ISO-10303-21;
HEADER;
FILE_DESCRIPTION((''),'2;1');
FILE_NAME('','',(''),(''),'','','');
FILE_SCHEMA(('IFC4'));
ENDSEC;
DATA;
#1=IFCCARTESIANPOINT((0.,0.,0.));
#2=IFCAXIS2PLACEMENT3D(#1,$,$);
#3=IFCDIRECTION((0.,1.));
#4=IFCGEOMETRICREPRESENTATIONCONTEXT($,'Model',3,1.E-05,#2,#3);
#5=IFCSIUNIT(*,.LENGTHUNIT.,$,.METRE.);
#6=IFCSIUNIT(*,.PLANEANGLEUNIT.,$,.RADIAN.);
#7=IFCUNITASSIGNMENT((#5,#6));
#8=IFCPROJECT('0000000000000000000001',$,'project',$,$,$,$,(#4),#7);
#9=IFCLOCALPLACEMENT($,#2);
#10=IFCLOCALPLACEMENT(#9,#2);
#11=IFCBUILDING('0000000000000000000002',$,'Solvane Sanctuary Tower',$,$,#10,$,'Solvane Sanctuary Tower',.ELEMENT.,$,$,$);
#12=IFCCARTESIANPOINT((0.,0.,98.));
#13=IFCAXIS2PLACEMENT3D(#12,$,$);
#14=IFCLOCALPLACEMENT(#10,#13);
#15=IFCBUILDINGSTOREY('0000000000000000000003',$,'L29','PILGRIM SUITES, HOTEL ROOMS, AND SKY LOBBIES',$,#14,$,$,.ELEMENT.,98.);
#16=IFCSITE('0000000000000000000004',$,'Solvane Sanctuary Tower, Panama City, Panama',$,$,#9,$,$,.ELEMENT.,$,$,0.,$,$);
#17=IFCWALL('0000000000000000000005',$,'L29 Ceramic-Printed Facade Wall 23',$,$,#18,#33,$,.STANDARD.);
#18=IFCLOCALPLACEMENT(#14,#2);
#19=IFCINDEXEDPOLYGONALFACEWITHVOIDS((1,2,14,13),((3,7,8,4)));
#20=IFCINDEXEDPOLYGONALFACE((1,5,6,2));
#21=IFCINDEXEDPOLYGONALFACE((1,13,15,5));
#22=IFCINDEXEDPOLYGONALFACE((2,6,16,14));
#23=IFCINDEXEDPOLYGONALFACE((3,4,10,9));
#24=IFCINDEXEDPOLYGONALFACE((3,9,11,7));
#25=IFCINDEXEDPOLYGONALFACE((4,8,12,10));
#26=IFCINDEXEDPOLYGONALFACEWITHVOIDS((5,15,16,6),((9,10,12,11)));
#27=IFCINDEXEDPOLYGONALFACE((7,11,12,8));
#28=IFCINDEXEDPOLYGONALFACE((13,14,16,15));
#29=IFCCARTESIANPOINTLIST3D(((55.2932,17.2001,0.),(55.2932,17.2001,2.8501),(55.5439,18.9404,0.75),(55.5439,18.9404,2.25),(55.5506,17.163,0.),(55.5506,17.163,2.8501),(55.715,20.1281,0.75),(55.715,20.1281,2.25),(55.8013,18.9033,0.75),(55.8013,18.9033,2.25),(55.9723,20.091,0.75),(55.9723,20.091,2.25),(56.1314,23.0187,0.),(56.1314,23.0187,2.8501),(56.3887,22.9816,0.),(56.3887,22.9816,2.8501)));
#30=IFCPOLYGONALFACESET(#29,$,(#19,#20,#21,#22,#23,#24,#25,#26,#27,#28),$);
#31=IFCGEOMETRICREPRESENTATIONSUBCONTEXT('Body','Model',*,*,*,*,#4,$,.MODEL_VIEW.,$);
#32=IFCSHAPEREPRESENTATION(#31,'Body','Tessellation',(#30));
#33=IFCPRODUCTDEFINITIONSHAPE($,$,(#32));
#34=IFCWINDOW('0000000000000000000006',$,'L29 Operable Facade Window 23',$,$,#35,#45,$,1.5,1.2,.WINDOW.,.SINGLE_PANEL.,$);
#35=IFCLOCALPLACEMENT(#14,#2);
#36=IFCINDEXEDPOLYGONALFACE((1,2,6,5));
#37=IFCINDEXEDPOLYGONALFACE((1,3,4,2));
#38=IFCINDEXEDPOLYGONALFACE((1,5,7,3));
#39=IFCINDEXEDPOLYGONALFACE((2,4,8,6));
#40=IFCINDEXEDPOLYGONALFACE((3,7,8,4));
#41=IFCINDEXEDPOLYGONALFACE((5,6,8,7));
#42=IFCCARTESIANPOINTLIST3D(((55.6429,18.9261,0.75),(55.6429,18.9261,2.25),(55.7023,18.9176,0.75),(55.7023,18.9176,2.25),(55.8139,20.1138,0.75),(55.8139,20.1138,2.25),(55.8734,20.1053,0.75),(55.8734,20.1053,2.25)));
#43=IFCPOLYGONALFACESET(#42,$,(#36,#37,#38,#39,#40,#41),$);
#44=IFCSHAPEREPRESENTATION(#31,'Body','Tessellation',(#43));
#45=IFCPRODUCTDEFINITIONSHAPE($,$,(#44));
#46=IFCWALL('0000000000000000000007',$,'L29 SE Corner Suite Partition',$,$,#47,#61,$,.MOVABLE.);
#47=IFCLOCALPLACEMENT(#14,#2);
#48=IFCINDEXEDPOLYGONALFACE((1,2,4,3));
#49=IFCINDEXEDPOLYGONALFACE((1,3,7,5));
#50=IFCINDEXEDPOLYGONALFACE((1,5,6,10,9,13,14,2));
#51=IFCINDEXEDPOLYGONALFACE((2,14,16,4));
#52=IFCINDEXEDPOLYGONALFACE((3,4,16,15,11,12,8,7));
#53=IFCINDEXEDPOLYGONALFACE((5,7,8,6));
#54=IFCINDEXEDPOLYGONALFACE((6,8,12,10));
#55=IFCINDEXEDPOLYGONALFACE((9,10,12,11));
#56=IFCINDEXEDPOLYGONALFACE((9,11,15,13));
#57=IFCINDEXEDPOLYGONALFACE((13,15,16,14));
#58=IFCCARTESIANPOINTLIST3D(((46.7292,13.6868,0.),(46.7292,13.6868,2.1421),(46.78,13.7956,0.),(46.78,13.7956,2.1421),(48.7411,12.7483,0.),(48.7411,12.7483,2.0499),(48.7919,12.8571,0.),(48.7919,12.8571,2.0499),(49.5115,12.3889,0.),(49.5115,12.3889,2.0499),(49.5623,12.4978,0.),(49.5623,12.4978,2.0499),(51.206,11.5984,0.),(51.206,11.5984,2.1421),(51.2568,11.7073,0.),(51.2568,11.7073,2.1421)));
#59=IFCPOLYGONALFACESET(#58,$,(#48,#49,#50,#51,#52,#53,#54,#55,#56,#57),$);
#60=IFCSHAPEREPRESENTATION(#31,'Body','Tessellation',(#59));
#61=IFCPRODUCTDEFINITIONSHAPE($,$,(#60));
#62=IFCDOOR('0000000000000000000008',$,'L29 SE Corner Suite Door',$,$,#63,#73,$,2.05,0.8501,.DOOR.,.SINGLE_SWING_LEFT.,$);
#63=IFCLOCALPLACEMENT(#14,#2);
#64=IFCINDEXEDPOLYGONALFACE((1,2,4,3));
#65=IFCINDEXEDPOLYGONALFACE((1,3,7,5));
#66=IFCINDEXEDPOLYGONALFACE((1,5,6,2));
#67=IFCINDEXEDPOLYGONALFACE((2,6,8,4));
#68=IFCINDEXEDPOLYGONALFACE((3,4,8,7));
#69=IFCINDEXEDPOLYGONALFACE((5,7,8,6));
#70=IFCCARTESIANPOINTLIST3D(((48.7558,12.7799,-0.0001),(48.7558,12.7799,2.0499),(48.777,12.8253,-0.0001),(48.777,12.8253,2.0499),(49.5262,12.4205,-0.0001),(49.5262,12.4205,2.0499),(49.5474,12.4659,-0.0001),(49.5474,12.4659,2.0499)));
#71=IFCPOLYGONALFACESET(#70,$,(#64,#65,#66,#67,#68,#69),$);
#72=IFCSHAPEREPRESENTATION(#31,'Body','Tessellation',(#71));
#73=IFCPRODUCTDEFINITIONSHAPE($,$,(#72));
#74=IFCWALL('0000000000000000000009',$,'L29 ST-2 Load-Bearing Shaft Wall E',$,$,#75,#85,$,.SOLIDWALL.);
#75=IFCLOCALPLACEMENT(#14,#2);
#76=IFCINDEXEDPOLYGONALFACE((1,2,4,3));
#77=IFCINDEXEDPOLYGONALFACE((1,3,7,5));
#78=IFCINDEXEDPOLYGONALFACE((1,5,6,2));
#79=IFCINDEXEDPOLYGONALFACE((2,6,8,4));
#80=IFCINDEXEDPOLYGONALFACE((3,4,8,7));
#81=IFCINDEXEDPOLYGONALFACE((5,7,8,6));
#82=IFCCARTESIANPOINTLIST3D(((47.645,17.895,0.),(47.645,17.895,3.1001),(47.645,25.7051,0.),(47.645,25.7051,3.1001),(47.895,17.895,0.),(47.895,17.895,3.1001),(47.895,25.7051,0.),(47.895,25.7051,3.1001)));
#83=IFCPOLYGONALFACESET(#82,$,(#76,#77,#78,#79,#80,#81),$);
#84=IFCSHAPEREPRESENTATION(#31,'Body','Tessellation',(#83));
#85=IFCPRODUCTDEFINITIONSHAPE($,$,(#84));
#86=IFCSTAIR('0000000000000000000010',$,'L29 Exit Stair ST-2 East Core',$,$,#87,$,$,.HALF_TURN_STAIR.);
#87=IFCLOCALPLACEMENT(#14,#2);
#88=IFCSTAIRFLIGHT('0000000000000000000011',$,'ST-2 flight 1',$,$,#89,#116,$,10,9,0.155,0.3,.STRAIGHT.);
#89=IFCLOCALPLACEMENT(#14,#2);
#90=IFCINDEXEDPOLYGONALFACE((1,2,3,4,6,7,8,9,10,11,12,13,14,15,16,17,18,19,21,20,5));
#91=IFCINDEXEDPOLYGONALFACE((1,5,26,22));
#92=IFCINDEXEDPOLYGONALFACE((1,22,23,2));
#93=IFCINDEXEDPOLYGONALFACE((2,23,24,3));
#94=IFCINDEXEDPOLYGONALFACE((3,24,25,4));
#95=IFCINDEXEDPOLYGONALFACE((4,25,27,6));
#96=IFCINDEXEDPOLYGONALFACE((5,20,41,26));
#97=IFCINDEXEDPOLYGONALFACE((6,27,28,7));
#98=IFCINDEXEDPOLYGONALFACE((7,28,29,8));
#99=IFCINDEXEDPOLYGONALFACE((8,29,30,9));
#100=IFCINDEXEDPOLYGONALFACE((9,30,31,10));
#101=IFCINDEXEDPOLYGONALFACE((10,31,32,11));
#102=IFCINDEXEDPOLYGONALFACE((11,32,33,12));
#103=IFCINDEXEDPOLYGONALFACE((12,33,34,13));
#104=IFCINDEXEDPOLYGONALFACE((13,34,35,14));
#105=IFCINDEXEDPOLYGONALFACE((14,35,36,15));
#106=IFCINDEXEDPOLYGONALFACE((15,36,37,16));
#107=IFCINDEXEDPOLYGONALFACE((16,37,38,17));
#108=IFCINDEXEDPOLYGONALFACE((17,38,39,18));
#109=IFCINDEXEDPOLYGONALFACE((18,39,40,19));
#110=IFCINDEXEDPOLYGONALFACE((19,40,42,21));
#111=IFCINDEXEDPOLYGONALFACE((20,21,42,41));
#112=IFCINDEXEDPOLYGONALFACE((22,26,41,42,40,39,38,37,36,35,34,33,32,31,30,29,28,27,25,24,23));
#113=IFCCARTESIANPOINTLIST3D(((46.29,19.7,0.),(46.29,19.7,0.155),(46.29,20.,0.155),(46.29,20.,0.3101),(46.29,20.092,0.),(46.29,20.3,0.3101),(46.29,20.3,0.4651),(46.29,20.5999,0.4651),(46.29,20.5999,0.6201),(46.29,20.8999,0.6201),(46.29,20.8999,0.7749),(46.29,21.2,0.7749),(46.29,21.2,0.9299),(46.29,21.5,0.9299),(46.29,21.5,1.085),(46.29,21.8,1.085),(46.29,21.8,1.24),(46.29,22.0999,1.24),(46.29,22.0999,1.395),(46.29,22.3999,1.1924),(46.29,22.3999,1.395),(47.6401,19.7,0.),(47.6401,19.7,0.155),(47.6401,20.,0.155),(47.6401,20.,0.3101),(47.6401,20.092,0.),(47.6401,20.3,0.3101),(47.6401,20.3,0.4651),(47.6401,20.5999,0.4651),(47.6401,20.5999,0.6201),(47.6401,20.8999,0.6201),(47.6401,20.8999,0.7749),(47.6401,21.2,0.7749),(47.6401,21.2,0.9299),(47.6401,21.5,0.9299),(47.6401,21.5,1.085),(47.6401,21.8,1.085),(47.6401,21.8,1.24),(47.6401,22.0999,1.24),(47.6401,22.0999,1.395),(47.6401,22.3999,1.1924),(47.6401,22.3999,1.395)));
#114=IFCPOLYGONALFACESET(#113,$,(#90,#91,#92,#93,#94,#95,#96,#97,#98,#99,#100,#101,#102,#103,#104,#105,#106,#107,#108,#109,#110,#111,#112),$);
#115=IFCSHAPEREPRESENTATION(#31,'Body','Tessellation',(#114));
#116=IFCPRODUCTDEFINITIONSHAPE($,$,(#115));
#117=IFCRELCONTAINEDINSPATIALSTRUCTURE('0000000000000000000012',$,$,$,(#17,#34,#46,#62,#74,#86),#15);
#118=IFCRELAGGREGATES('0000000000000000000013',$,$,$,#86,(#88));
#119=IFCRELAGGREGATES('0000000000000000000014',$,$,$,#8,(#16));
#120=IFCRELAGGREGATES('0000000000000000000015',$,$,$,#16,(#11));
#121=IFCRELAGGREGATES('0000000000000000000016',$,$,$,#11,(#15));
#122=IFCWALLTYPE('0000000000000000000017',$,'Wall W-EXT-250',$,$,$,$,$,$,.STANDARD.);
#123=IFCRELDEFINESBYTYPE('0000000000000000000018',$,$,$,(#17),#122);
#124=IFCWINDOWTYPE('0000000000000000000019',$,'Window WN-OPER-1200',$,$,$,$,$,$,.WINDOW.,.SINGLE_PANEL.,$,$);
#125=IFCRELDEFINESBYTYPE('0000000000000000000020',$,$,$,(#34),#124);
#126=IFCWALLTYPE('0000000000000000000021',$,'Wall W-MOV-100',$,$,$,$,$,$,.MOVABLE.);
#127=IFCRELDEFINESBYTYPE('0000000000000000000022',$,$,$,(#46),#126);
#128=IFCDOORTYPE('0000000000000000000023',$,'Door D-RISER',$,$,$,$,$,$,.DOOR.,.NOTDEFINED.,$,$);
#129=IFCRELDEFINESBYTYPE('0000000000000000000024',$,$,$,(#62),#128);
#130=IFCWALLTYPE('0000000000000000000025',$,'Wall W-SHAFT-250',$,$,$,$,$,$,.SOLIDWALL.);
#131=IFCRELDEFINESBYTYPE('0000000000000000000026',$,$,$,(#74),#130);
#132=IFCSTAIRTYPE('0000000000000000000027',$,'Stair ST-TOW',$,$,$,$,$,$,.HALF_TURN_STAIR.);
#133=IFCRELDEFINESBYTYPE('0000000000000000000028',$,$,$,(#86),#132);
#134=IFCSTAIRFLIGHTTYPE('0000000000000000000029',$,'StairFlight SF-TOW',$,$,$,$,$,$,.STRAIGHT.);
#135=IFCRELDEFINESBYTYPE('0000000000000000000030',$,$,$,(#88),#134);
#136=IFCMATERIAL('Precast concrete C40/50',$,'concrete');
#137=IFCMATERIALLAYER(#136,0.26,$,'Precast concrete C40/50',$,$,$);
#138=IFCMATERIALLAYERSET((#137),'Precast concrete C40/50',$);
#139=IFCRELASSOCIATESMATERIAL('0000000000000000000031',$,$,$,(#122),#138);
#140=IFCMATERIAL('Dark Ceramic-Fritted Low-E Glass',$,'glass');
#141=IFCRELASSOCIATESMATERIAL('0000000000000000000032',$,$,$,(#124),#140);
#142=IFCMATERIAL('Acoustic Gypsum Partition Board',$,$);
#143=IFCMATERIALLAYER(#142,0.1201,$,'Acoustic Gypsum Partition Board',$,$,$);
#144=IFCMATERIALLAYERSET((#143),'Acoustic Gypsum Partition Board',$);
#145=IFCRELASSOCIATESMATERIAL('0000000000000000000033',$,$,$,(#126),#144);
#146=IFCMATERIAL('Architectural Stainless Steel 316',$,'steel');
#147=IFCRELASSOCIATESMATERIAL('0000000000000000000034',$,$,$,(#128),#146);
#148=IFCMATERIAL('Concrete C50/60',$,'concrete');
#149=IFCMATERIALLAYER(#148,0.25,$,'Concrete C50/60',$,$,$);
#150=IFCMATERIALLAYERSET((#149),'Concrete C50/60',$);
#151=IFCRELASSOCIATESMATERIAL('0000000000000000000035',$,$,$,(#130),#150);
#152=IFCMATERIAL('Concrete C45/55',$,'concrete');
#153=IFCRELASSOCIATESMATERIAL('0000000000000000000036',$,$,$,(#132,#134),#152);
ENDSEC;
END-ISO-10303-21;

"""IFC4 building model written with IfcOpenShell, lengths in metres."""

from ifc_helpers import new_model, si_unit, direction, frame, frame_2d, origin, place, context, subcontext, project, spatial, polyline, rectangle, outline, extrude, material, layer, layer_set, type_object, element, fill, aggregate, save


model = new_model("IFC4")

# Units and contexts
model_context = context("Model", 3, precision=1e-05, world=origin(), true_north=direction((0.0, 1.0)))
body_context = subcontext(model_context, "Body", "Model", "MODEL_VIEW")
ifc_project = project(units=[si_unit("LENGTHUNIT", "METRE"), si_unit("PLANEANGLEUNIT", "RADIAN")], contexts=[model_context])

# Site, building, storey
site_placement = place(None, origin())
site = spatial("IfcSite", under=ifc_project, at=site_placement, Name="Solvane Sanctuary Tower, Panama City, Panama", CompositionType="ELEMENT", RefElevation=0.0)
building_placement = place(site_placement, origin())
building = spatial("IfcBuilding", under=site, at=building_placement, Name="Solvane Sanctuary Tower", LongName="Solvane Sanctuary Tower", CompositionType="ELEMENT")
storey_placement = place(building_placement, frame((0.0, 0.0, 98.0)))
storey = spatial("IfcBuildingStorey", under=building, at=storey_placement, Name="L29", Description="PILGRIM SUITES, HOTEL ROOMS, AND SKY LOBBIES", CompositionType="ELEMENT", Elevation=98.0)

# Shared definitions
ifc_material_1 = material(Name="Acoustic Gypsum Partition Board")

# Shared definitions
ifc_material_2 = material(Name="Precast concrete C40/50", Category="concrete")
ifc_layer_1 = layer(ifc_material_2, 0.26, Name="Precast concrete C40/50")
ifc_layer_set_1 = layer_set([ifc_layer_1], Name="Precast concrete C40/50")
wall_type_1 = type_object("IfcWallType", Name="Wall W-EXT-250", PredefinedType="STANDARD", material=ifc_layer_set_1)

# Wall, opening, window
ifc_material_3 = material(Name="Dark Ceramic-Fritted Low-E Glass", Category="glass")
window_type_1 = type_object("IfcWindowType", Name="Window WN-OPER-1200", PartitioningType="SINGLE_PANEL", PredefinedType="WINDOW", material=ifc_material_3)
wall_1_placement = place(storey_placement, frame((55.4219, 17.1814, 0.0), z_axis=(0.0, 0.0, 1.0), x_axis=(0.142572, 0.989784, 0.0)))
wall_1 = element("IfcWall", 1, at=wall_1_placement, inside=storey, type_object=wall_type_1, Name="L29 Ceramic-Printed Facade Wall 23", PredefinedType="STANDARD", context=body_context, shape_type="SweptSolid", body=[
    extrude(rectangle(XDim=5.8787, YDim=0.26, at=frame_2d((2.9395, 0.0))), origin(), (0.0, 0.0, 1.0), 2.8501),
])
opening_1_placement = place(wall_1_placement, frame((1.7583, 0.0, 0.75)))
opening_1 = element("IfcOpeningElement", 2, at=opening_1_placement, cuts=wall_1, PredefinedType="OPENING", context=body_context, shape_type="SweptSolid", body=[
    extrude(rectangle(XDim=1.2, YDim=1.5, at=frame_2d((0.6001, 0.75))), frame((0.0, 0.1399, 0.0), z_axis=(0.0, -1.0, 0.0), x_axis=(1.0, 0.0, 0.0)), (0.0, 0.0, 1.0), 0.28),
])
window_1_placement = place(opening_1_placement, origin())
window_1 = element("IfcWindow", 3, at=window_1_placement, inside=storey, type_object=window_type_1, Name="L29 Operable Facade Window 23", OverallHeight=1.5, OverallWidth=1.2, PartitioningType="SINGLE_PANEL", PredefinedType="WINDOW", context=body_context, shape_type="SweptSolid", body=[
    extrude(rectangle(XDim=1.2, YDim=1.5, at=frame_2d((0.6001, 0.75))), frame((0.0, 0.03, 0.0), z_axis=(0.0, -1.0, 0.0), x_axis=(1.0, 0.0, 0.0)), (0.0, 0.0, 1.0), 0.0601),
])
fill(opening_1, window_1)

# Wall, opening, door
ifc_layer_2 = layer(ifc_material_1, 0.1201, Name="Acoustic Gypsum Partition Board")
ifc_layer_set_2 = layer_set([ifc_layer_2], Name="Acoustic Gypsum Partition Board")
wall_type_2 = type_object("IfcWallType", Name="Wall W-MOV-100", PredefinedType="MOVABLE", material=ifc_layer_set_2)
wall_2_placement = place(storey_placement, frame((46.7546, 13.7412, 0.0), z_axis=(0.0, 0.0, 1.0), x_axis=(0.906245, -0.422753, 0.0)))
wall_2 = element("IfcWall", 4, at=wall_2_placement, inside=storey, type_object=wall_type_2, Name="L29 SE Corner Suite Partition", PredefinedType="MOVABLE", context=body_context, shape_type="SweptSolid", body=[
    extrude(rectangle(XDim=4.9399, YDim=0.1201, at=frame_2d((2.47, 0.0))), origin(), (0.0, 0.0, 1.0), 2.1421),
])
opening_2_placement = place(wall_2_placement, frame((2.22, 0.0, 0.0)))
opening_2 = element("IfcOpeningElement", 5, at=opening_2_placement, cuts=wall_2, PredefinedType="OPENING", context=body_context, shape_type="SweptSolid", body=[
    extrude(rectangle(XDim=0.8501, YDim=2.05, at=frame_2d((0.425, 1.0249))), frame((0.0, 0.0701, 0.0), z_axis=(0.0, -1.0, 0.0), x_axis=(1.0, 0.0, 0.0)), (0.0, 0.0, 1.0), 0.1401),
])
ifc_material_4 = material(Name="Architectural Stainless Steel 316", Category="steel")
door_type_1 = type_object("IfcDoorType", Name="Door D-RISER", OperationType="NOTDEFINED", PredefinedType="DOOR", material=ifc_material_4)
door_1_placement = place(opening_2_placement, origin())
door_1 = element("IfcDoor", 6, at=door_1_placement, inside=storey, type_object=door_type_1, Name="L29 SE Corner Suite Door", OperationType="SINGLE_SWING_LEFT", OverallHeight=2.05, OverallWidth=0.8501, PredefinedType="DOOR", context=body_context, shape_type="SweptSolid", body=[
    extrude(rectangle(XDim=0.8501, YDim=2.05, at=frame_2d((0.425, 1.0249))), frame((0.0, 0.0249, 0.0), z_axis=(0.0, -1.0, 0.0), x_axis=(1.0, 0.0, 0.0)), (0.0, 0.0, 1.0), 0.05),
])
fill(opening_2, door_1)

# Wall
ifc_material_5 = material(Name="Concrete C50/60", Category="concrete")
ifc_layer_3 = layer(ifc_material_5, 0.25, Name="Concrete C50/60")
ifc_layer_set_3 = layer_set([ifc_layer_3], Name="Concrete C50/60")
wall_type_3 = type_object("IfcWallType", Name="Wall W-SHAFT-250", PredefinedType="SOLIDWALL", material=ifc_layer_set_3)
wall_3_placement = place(storey_placement, frame((47.77, 17.895, 0.0), z_axis=(0.0, 0.0, 1.0), x_axis=(0.0, 1.0, 0.0)))
element("IfcWall", 7, at=wall_3_placement, inside=storey, type_object=wall_type_3, Name="L29 ST-2 Load-Bearing Shaft Wall E", PredefinedType="SOLIDWALL", context=body_context, shape_type="SweptSolid", body=[
    extrude(rectangle(XDim=7.8101, YDim=0.25, at=frame_2d((3.905, 0.0))), origin(), (0.0, 0.0, 1.0), 3.1001),
])

# Stair, stair flight
ifc_material_6 = material(Name="Concrete C45/55", Category="concrete")
stair_type = type_object("IfcStairType", Name="Stair ST-TOW", PredefinedType="HALF_TURN_STAIR", material=ifc_material_6)
stair_placement = place(storey_placement, origin())
stair = element("IfcStair", 8, at=stair_placement, inside=storey, type_object=stair_type, Name="L29 Exit Stair ST-2 East Core", PredefinedType="HALF_TURN_STAIR")
stair_flight_type = type_object("IfcStairFlightType", Name="StairFlight SF-TOW", PredefinedType="STRAIGHT", material=ifc_material_6)
stair_flight_placement = place(storey_placement, frame((46.9651, 19.7, 0.0), z_axis=(0.0, 0.0, 1.0), x_axis=(0.0, 1.0, 0.0)))
stair_flight = element("IfcStairFlight", 9, at=stair_flight_placement, type_object=stair_flight_type, Name="ST-2 flight 1", NumberOfRisers=10, NumberOfTreads=9, PredefinedType="STRAIGHT", RiserHeight=0.155, TreadLength=0.3, context=body_context, shape_type="SweptSolid", body=[
    extrude(outline(polyline([(0.0, 0.0), (0.0, 0.155), (0.3, 0.155), (0.3, 0.3101), (0.6001, 0.3101), (0.6001, 0.4651), (0.8999, 0.4651), (0.8999, 0.6201), (1.2, 0.6201), (1.2, 0.7749), (1.5, 0.7749), (1.5, 0.9299), (1.8, 0.9299), (1.8, 1.085), (2.1001, 1.085), (2.1001, 1.24), (2.3999, 1.24), (2.3999, 1.395), (2.7, 1.395), (2.7, 1.55), (2.7, 1.1924), (0.3921, 0.0), (0.0, 0.0)])), frame((0.0, 0.675, 0.0), z_axis=(0.0, -1.0, 0.0), x_axis=(1.0, 0.0, 0.0)), (0.0, 0.0, 1.0), 1.3501),
])
aggregate(stair, [stair_flight])

save(model, "model.ifc")
